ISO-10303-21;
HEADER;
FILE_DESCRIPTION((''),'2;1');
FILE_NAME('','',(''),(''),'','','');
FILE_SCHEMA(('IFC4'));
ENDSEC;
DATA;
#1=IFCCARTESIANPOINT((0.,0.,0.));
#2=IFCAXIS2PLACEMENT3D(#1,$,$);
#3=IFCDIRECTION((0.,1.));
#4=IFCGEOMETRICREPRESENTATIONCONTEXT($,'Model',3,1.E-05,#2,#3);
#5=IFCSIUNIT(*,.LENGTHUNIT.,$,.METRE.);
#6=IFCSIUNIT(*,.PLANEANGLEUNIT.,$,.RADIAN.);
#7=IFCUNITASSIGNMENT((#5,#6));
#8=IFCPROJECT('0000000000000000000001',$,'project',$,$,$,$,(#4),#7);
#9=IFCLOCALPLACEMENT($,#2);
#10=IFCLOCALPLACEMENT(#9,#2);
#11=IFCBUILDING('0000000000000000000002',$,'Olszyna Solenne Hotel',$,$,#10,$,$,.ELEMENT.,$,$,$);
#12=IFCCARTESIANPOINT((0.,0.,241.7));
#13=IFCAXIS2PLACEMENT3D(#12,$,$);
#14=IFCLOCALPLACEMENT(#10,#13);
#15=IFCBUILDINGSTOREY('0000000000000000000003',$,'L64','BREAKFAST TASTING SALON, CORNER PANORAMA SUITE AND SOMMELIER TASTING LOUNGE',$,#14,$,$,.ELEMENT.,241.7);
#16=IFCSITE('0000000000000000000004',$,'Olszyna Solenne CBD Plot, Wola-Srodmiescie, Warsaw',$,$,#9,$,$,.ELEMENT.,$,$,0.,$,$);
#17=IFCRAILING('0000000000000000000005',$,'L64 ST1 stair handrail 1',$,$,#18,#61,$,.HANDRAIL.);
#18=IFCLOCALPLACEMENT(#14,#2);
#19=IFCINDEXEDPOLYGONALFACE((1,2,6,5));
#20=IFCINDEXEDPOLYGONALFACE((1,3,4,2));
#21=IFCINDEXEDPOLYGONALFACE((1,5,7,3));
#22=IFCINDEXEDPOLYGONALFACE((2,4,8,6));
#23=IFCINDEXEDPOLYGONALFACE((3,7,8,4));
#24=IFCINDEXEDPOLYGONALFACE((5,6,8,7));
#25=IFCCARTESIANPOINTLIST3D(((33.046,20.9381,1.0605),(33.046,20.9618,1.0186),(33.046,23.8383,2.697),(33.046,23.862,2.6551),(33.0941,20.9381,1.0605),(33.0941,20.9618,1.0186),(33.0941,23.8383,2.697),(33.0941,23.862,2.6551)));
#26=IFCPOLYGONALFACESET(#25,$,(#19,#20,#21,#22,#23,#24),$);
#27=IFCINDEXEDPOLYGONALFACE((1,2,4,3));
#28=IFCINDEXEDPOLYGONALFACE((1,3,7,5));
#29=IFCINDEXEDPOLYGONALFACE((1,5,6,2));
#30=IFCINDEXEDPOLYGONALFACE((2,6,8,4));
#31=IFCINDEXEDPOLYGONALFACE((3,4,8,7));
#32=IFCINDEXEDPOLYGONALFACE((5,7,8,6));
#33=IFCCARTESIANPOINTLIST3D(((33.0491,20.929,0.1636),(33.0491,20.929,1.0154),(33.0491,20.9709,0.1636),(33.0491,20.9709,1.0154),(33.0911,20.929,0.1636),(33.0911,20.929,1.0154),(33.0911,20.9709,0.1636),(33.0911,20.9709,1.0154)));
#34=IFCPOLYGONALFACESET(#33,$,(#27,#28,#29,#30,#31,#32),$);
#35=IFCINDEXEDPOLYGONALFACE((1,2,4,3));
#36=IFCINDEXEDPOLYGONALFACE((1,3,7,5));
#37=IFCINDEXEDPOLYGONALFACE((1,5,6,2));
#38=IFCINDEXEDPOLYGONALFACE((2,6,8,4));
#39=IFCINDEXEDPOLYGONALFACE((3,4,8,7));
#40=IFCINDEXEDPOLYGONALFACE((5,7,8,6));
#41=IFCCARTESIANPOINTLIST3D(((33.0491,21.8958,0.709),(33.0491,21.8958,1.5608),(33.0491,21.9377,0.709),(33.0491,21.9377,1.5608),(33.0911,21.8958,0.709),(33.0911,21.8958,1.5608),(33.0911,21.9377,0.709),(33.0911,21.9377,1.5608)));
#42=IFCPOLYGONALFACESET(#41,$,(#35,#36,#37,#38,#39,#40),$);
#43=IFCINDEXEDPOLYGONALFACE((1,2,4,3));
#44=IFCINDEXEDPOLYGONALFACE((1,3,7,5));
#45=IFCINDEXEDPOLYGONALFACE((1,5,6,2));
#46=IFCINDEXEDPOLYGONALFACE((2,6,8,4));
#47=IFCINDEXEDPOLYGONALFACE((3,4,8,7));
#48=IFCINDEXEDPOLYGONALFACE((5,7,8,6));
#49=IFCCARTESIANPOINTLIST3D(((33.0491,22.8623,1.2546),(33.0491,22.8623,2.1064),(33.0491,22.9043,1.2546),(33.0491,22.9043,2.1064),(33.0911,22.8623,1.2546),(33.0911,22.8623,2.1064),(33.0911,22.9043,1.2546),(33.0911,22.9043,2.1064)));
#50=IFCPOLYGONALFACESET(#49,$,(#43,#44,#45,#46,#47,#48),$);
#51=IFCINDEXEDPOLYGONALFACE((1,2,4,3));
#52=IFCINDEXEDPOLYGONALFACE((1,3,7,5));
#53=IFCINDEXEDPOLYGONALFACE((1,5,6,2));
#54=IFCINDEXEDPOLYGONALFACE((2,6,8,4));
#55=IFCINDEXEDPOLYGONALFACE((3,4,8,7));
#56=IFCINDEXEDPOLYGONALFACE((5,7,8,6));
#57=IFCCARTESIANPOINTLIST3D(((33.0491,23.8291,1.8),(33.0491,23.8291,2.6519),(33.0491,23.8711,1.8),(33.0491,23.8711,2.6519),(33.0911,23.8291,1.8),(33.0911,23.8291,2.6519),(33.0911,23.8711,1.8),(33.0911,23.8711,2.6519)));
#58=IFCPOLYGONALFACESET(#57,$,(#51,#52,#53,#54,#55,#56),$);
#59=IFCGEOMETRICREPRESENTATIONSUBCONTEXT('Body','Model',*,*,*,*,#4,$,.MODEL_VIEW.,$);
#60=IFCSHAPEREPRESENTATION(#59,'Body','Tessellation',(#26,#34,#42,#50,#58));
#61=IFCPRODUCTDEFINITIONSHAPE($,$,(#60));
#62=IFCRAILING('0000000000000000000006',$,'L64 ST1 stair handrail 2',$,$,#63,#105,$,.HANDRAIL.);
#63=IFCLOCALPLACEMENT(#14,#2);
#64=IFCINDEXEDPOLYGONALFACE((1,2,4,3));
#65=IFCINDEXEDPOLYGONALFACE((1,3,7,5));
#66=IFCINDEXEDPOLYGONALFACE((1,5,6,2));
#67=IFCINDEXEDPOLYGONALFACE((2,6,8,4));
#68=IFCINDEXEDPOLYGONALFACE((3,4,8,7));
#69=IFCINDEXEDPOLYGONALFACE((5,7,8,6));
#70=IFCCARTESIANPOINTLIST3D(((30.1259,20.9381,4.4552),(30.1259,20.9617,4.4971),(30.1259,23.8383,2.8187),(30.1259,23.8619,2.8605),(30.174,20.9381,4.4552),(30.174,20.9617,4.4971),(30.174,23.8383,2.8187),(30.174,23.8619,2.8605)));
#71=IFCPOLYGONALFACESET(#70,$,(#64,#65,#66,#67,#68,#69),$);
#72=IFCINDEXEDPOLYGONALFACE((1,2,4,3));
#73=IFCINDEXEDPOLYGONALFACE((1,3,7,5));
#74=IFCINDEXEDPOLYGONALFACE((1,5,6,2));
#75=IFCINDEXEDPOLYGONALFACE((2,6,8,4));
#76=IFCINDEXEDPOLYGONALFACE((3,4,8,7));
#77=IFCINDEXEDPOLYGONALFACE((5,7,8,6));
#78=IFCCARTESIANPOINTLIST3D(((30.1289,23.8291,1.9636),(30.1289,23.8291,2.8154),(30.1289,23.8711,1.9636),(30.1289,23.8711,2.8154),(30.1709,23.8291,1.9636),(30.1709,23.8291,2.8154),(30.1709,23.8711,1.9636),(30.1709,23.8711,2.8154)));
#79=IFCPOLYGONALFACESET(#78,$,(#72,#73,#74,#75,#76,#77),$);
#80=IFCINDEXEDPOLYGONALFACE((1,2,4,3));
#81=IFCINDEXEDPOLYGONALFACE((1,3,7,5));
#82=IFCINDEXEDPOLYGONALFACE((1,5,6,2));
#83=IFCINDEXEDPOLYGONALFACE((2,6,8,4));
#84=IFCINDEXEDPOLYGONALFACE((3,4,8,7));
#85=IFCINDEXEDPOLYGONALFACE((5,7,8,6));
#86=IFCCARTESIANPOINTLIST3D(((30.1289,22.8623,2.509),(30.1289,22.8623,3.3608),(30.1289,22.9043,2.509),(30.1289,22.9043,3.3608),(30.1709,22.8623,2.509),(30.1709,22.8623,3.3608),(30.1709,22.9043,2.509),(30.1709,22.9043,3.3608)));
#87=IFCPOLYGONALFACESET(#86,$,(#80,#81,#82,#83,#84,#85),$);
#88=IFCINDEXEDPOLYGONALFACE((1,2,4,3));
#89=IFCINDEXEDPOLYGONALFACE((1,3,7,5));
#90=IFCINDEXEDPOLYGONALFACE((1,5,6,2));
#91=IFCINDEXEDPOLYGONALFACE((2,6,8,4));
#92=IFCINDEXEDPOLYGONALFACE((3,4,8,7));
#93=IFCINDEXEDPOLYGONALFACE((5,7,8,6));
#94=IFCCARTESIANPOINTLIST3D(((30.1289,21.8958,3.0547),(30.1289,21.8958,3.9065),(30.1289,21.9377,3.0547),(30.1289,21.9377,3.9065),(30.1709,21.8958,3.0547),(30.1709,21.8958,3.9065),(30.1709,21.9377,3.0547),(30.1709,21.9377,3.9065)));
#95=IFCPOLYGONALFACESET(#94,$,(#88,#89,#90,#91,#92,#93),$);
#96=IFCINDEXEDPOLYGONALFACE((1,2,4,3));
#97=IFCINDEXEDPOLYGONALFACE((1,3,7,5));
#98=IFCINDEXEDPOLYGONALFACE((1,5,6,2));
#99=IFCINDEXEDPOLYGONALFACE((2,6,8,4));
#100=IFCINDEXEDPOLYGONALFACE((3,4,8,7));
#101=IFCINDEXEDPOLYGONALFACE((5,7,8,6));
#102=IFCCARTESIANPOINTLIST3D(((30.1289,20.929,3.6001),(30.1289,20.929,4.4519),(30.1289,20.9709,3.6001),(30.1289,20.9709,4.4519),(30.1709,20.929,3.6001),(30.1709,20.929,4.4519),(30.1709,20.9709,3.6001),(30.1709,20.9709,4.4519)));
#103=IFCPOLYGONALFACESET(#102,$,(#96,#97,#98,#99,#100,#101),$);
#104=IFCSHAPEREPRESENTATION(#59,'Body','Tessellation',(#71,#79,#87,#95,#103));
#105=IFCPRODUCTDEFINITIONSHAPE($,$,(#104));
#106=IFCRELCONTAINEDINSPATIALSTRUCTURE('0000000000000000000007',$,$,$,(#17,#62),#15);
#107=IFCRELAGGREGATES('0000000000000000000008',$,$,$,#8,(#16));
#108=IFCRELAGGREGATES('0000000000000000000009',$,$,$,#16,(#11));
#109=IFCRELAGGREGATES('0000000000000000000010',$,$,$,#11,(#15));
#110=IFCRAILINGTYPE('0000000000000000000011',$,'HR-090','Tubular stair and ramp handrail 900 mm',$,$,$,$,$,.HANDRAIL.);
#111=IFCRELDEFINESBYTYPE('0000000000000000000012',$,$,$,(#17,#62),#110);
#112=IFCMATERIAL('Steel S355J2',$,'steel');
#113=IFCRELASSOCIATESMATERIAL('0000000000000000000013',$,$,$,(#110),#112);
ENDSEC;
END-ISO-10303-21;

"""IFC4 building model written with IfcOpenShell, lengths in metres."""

from ifc_helpers import new_model, si_unit, direction, frame, origin, origin_2d, place, context, subcontext, project, spatial, rectangle, extrude, material, type_object, element, save


model = new_model("IFC4")

# Units and contexts
model_context = context("Model", 3, precision=1e-05, world=origin(), true_north=direction((0.0, 1.0)))
body_context = subcontext(model_context, "Body", "Model", "MODEL_VIEW")
ifc_project = project(units=[si_unit("LENGTHUNIT", "METRE"), si_unit("PLANEANGLEUNIT", "RADIAN")], contexts=[model_context])

# Site, building, storey
site_placement = place(None, origin())
site = spatial("IfcSite", under=ifc_project, at=site_placement, Name="Olszyna Solenne CBD Plot, Wola-Srodmiescie, Warsaw", CompositionType="ELEMENT", RefElevation=0.0)
building_placement = place(site_placement, origin())
building = spatial("IfcBuilding", under=site, at=building_placement, Name="Olszyna Solenne Hotel", CompositionType="ELEMENT")
storey_placement = place(building_placement, frame((0.0, 0.0, 241.7)))
storey = spatial("IfcBuildingStorey", under=building, at=storey_placement, Name="L64", Description="BREAKFAST TASTING SALON, CORNER PANORAMA SUITE AND SOMMELIER TASTING LOUNGE", CompositionType="ELEMENT", Elevation=241.7)

# Shared definitions
ifc_material_1 = material(Name="Steel S355J2", Category="steel")

# Railings
railing_type_1 = type_object("IfcRailingType", Name="HR-090", Description="Tubular stair and ramp handrail 900 mm", PredefinedType="HANDRAIL", material=ifc_material_1)
railing_1_placement = place(storey_placement, frame((33.0701, 20.95, 0.1636)))
element("IfcRailing", 1, at=railing_1_placement, inside=storey, type_object=railing_type_1, Name="L64 ST1 stair handrail 1", PredefinedType="HANDRAIL", context=body_context, shape_type="SweptSolid", body=[
    extrude(rectangle(XDim=0.0481, YDim=0.0481, at=origin_2d()), frame((0.0, 0.0, 0.876), z_axis=(0.0, 0.870915, 0.491434), x_axis=(-1.0, 0.0, 0.0)), (0.0, 0.0, 1.0), 3.3301),
    extrude(rectangle(XDim=0.042, YDim=0.042, at=origin_2d()), origin(), (0.0, 0.0, 1.0), 0.8518),
    extrude(rectangle(XDim=0.042, YDim=0.042, at=origin_2d()), frame((0.0, 0.9668, 0.5454)), (0.0, 0.0, 1.0), 0.8518),
    extrude(rectangle(XDim=0.042, YDim=0.042, at=origin_2d()), frame((0.0, 1.9333, 1.0911)), (0.0, 0.0, 1.0), 0.8518),
    extrude(rectangle(XDim=0.042, YDim=0.042, at=origin_2d()), frame((0.0, 2.9001, 1.6365)), (0.0, 0.0, 1.0), 0.8518),
])
railing_2_placement = place(storey_placement, frame((30.1499, 23.8501, 1.9636)))
element("IfcRailing", 2, at=railing_2_placement, inside=storey, type_object=railing_type_1, Name="L64 ST1 stair handrail 2", PredefinedType="HANDRAIL", context=body_context, shape_type="SweptSolid", body=[
    extrude(rectangle(XDim=0.0481, YDim=0.0481, at=origin_2d()), frame((0.0, 0.0, 0.876), z_axis=(0.0, -0.870915, 0.491434), x_axis=(1.0, 0.0, 0.0)), (0.0, 0.0, 1.0), 3.3301),
    extrude(rectangle(XDim=0.042, YDim=0.042, at=origin_2d()), origin(), (0.0, 0.0, 1.0), 0.8518),
    extrude(rectangle(XDim=0.042, YDim=0.042, at=origin_2d()), frame((0.0, -0.9668, 0.5454)), (0.0, 0.0, 1.0), 0.8518),
    extrude(rectangle(XDim=0.042, YDim=0.042, at=origin_2d()), frame((0.0, -1.9333, 1.0911)), (0.0, 0.0, 1.0), 0.8518),
    extrude(rectangle(XDim=0.042, YDim=0.042, at=origin_2d()), frame((0.0, -2.9001, 1.6365)), (0.0, 0.0, 1.0), 0.8518),
])

save(model, "model.ifc")
